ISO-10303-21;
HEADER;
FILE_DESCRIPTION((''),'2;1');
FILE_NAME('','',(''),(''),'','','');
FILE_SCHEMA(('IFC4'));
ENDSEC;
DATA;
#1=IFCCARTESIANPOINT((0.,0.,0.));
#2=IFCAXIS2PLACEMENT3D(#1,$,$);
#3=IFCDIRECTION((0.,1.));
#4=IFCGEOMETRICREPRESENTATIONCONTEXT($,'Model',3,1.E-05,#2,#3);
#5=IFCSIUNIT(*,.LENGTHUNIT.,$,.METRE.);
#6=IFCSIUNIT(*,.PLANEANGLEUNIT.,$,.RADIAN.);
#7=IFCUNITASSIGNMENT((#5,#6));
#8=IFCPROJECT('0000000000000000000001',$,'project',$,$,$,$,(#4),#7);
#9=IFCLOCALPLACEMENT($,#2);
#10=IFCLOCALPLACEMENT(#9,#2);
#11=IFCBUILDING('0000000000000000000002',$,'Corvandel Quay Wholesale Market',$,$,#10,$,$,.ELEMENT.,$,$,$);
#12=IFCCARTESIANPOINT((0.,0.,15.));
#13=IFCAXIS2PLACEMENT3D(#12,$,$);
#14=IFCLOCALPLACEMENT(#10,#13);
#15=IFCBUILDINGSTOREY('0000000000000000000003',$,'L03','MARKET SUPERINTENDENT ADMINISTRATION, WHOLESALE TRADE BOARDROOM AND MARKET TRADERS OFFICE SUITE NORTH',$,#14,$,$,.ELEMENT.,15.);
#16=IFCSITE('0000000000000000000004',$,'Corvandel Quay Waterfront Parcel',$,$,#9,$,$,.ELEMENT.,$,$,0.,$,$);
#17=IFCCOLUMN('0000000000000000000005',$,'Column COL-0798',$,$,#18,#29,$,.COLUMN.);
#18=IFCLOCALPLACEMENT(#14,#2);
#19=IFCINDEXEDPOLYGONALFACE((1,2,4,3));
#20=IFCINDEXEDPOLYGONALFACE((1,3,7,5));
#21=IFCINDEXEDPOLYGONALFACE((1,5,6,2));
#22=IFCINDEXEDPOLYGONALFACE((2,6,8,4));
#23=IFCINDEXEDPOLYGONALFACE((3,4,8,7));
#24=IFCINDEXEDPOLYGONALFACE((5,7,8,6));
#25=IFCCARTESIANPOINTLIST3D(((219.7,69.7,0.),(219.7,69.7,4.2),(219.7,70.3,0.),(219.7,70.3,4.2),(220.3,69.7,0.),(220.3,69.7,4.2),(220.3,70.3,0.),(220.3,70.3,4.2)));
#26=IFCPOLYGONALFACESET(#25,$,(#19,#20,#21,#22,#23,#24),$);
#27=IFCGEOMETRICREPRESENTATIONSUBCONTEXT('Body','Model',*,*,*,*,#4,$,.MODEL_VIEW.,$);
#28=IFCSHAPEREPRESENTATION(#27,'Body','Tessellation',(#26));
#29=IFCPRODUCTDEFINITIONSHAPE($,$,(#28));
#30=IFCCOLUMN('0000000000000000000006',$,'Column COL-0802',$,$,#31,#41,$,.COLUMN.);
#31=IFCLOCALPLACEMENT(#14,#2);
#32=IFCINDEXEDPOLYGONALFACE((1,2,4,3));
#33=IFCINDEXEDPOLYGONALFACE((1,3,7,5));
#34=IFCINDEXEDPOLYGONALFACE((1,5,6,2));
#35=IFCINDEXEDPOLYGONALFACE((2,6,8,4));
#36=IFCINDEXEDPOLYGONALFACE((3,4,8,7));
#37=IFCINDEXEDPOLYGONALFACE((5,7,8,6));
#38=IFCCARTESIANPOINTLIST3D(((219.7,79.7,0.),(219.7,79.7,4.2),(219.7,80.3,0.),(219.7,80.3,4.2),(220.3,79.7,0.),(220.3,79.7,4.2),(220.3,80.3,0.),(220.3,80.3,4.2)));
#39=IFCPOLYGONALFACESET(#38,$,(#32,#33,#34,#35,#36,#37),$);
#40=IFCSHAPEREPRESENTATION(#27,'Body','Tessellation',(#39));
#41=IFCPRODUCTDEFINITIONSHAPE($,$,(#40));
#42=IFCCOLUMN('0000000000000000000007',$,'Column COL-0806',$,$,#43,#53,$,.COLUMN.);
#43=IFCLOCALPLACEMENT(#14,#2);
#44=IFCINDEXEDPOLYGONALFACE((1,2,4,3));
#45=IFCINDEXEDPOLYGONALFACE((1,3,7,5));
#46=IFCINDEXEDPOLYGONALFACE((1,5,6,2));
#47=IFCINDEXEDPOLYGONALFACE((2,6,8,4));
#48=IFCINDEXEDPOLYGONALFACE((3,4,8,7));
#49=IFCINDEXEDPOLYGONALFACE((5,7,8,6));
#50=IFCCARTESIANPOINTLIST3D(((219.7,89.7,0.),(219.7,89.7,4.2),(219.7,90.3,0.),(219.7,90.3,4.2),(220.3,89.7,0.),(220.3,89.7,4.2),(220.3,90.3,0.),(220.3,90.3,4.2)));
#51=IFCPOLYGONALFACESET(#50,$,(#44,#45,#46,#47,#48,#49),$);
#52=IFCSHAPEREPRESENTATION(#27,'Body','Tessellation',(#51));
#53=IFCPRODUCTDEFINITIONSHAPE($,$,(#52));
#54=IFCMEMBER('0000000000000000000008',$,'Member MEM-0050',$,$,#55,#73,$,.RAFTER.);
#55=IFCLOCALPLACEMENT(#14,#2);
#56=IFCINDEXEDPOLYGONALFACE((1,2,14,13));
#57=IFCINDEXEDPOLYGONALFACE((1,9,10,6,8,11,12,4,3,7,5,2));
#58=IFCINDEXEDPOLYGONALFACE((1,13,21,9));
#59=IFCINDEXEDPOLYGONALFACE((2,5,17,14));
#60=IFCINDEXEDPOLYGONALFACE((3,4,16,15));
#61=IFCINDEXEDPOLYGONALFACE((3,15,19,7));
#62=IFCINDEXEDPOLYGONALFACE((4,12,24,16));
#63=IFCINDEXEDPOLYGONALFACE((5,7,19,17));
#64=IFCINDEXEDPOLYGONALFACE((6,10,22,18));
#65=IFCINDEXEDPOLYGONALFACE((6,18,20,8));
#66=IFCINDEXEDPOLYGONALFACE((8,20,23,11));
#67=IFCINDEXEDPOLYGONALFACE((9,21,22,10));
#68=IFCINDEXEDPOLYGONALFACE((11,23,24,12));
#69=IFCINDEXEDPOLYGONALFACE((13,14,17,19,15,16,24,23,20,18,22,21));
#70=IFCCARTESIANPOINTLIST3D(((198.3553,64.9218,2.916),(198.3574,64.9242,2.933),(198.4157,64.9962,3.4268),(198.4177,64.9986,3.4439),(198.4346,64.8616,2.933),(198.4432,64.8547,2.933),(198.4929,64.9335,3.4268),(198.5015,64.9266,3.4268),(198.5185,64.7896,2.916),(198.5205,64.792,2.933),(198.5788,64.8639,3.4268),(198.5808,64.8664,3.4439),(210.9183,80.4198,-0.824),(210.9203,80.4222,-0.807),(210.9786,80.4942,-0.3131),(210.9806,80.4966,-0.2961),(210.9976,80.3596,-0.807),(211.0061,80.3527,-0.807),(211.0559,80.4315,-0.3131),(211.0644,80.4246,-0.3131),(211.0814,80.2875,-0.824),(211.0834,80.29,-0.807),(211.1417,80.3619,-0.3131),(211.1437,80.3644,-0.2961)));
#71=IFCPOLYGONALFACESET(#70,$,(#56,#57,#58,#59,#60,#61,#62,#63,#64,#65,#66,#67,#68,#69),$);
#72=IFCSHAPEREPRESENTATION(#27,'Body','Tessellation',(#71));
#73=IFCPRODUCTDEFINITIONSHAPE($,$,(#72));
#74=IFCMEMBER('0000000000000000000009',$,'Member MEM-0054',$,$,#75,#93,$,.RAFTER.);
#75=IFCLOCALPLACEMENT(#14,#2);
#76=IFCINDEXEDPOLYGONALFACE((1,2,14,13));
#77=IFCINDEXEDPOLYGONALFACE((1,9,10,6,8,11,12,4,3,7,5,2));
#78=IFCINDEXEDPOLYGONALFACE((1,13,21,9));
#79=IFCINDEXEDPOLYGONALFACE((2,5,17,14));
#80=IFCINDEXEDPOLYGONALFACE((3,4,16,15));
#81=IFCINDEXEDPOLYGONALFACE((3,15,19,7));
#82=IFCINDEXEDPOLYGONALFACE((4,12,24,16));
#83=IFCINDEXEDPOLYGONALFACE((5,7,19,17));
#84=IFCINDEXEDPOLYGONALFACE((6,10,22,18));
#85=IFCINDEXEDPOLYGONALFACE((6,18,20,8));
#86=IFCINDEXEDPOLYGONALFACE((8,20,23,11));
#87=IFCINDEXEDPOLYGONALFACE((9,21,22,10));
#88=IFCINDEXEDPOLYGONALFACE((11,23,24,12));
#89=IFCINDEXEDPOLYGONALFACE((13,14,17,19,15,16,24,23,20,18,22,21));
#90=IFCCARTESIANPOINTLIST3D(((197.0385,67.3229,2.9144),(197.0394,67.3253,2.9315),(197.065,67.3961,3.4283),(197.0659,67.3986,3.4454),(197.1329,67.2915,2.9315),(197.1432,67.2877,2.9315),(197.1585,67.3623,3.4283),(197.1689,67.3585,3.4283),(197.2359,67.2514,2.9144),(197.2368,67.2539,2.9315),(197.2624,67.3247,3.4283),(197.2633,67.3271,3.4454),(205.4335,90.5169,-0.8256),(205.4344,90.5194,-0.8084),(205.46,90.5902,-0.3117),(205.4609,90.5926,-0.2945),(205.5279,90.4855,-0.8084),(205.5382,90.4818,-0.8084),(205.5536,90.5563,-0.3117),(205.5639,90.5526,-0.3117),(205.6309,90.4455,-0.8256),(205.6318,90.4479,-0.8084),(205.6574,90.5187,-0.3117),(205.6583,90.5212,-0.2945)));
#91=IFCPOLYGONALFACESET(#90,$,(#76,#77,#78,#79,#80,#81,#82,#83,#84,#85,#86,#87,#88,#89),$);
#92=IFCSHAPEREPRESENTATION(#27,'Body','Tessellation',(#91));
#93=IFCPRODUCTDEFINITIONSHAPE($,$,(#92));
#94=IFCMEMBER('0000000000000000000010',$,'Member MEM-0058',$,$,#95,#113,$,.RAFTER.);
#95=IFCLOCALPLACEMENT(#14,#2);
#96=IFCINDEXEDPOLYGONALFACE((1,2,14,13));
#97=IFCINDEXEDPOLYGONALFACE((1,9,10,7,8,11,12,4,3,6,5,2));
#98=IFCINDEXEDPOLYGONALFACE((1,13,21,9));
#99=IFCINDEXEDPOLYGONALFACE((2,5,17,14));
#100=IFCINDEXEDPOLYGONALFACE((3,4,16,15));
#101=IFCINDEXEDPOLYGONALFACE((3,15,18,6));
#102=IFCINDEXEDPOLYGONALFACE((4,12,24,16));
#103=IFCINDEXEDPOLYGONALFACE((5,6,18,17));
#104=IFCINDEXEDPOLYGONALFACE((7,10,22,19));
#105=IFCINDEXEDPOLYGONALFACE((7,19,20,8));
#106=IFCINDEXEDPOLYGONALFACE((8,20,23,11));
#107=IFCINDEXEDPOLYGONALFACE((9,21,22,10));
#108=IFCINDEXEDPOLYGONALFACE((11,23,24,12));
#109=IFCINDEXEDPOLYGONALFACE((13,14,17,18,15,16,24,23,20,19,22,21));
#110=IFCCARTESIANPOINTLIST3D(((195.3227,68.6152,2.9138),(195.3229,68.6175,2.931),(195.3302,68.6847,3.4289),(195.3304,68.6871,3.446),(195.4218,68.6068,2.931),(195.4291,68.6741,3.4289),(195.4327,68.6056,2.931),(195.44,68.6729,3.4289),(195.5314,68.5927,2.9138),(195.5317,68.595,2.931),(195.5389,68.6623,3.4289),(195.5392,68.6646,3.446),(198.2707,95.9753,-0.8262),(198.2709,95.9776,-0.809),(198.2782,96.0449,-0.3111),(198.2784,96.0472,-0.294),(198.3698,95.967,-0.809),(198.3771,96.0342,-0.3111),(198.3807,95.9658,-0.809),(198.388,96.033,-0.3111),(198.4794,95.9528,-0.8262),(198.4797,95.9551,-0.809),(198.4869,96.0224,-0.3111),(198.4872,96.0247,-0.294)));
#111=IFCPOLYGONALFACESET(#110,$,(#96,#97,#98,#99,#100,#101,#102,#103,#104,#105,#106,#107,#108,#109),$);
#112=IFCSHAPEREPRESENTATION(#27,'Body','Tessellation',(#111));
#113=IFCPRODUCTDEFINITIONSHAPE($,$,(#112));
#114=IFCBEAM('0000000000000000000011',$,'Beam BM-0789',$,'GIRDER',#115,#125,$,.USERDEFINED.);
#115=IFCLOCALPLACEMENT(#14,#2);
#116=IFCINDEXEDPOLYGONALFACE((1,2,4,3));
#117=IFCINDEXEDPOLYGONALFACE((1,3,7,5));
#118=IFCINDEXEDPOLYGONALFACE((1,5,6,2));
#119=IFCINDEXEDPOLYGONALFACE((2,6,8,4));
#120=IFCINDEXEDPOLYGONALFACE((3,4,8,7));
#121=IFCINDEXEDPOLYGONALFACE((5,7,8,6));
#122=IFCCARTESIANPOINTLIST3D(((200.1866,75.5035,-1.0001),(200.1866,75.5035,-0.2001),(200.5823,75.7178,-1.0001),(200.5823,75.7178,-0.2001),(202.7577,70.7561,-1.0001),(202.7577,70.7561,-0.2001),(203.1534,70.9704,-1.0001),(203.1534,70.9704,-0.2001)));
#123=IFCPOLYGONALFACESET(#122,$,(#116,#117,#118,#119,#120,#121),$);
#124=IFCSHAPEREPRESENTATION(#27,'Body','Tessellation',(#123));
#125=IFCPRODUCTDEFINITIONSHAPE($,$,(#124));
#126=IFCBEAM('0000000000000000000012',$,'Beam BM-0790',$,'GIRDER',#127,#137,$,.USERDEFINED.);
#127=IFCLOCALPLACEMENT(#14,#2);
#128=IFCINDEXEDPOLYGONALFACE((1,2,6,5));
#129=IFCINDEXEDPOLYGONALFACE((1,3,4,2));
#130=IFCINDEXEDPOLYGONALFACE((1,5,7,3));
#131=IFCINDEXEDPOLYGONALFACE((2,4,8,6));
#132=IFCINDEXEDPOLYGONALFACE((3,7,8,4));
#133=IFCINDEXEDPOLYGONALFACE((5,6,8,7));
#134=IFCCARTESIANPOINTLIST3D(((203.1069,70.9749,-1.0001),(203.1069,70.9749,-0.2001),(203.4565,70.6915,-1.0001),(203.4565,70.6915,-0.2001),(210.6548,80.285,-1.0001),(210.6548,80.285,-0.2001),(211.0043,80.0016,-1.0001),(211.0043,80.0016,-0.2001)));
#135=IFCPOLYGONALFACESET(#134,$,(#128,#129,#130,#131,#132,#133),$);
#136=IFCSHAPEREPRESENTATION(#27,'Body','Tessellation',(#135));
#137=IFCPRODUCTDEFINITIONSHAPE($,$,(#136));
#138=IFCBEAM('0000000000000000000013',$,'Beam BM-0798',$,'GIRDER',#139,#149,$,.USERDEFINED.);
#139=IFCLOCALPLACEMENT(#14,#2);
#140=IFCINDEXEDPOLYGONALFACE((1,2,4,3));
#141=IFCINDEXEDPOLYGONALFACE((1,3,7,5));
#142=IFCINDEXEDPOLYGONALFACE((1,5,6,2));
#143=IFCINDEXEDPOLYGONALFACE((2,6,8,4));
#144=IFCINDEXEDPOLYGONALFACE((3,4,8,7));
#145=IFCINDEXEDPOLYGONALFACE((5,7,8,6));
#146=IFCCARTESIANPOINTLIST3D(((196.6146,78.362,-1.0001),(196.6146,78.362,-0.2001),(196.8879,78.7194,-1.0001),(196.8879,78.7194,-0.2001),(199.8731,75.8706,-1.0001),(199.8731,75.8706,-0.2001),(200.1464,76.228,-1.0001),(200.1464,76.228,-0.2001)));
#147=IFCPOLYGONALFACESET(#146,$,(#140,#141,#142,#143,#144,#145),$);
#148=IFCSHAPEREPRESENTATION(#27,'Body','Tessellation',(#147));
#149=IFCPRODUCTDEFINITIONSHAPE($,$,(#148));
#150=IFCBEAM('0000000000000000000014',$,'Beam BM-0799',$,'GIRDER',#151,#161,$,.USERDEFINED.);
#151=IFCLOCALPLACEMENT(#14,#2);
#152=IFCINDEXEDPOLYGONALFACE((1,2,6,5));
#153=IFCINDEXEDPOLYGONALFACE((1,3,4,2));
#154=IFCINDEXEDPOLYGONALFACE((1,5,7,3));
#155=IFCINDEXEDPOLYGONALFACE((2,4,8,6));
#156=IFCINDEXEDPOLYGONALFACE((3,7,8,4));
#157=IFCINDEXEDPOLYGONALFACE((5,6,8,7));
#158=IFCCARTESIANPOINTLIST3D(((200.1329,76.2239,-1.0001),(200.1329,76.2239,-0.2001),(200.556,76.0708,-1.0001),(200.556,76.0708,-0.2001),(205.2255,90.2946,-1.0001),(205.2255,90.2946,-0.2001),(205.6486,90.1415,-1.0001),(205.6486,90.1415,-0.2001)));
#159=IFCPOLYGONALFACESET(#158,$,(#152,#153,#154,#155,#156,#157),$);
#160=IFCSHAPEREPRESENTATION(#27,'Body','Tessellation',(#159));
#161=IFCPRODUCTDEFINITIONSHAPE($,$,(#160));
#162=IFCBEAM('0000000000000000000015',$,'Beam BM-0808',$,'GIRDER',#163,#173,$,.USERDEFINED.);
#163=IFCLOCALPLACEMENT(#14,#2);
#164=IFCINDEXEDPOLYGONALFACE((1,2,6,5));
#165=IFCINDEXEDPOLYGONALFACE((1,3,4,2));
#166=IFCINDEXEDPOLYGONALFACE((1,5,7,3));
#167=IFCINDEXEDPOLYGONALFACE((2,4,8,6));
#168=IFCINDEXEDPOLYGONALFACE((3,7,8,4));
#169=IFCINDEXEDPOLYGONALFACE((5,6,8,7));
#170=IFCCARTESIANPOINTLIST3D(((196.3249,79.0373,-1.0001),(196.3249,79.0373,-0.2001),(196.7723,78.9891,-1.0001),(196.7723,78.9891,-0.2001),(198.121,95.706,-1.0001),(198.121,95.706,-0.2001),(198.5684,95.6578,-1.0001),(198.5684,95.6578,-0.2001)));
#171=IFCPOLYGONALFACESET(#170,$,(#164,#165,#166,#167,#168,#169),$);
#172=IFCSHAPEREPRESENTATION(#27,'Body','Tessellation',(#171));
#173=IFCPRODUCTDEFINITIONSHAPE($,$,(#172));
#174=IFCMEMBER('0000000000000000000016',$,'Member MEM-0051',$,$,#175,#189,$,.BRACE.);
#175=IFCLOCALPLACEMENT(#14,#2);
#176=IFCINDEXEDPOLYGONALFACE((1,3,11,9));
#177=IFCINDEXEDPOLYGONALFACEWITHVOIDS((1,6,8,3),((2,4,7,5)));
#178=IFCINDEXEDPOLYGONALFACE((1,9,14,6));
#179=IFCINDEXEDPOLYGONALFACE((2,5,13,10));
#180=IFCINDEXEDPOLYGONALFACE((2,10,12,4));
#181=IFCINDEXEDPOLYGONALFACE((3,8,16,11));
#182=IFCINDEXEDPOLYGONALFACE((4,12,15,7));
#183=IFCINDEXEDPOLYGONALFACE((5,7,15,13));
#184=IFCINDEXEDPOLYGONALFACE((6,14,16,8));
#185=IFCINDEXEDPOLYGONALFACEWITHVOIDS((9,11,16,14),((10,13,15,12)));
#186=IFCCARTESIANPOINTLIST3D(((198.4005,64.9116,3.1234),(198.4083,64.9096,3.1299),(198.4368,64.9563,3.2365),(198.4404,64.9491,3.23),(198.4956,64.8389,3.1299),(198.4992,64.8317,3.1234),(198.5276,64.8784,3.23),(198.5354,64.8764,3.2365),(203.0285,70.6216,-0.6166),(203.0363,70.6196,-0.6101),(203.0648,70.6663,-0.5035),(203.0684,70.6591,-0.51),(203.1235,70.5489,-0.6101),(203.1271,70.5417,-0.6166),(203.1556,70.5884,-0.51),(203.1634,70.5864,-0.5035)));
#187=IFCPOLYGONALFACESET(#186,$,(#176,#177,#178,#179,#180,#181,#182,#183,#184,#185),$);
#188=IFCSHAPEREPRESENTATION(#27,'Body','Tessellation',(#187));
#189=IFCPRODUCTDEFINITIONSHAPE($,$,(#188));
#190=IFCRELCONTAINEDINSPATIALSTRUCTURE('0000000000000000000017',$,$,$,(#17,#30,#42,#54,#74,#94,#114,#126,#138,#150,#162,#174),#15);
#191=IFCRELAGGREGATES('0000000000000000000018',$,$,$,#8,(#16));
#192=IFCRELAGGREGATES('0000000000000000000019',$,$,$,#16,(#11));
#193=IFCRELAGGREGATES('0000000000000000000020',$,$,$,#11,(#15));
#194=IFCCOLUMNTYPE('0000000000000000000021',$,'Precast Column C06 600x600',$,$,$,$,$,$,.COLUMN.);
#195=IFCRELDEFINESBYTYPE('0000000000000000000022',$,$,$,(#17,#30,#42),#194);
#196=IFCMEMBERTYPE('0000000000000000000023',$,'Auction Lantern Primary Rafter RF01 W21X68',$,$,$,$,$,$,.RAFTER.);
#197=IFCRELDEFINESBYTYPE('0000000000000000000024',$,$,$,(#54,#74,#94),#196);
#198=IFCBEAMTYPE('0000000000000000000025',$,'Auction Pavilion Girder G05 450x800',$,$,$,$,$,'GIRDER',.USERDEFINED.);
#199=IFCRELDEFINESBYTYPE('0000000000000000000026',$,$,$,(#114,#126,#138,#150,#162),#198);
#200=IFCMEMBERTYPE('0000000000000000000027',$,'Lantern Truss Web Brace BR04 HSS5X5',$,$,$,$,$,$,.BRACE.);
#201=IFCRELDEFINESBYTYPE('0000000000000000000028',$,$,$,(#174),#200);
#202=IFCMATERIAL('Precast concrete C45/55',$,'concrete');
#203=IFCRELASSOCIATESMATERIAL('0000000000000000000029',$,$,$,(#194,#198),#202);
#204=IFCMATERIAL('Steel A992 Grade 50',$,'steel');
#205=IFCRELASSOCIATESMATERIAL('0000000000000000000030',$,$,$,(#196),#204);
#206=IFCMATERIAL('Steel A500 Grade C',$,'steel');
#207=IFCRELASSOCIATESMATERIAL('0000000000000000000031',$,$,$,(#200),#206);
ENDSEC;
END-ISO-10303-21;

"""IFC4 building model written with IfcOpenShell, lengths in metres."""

from ifc_helpers import new_model, si_unit, direction, frame, origin, origin_2d, place, context, subcontext, project, spatial, rectangle, hollow_rectangle, i_section, extrude, material, material_profile, profile_set, type_object, element, save


model = new_model("IFC4")

# Units and contexts
model_context = context("Model", 3, precision=1e-05, world=origin(), true_north=direction((0.0, 1.0)))
body_context = subcontext(model_context, "Body", "Model", "MODEL_VIEW")
ifc_project = project(units=[si_unit("LENGTHUNIT", "METRE"), si_unit("PLANEANGLEUNIT", "RADIAN")], contexts=[model_context])

# Site, building, storey
site_placement = place(None, origin())
site = spatial("IfcSite", under=ifc_project, at=site_placement, Name="Corvandel Quay Waterfront Parcel", CompositionType="ELEMENT", RefElevation=0.0)
building_placement = place(site_placement, origin())
building = spatial("IfcBuilding", under=site, at=building_placement, Name="Corvandel Quay Wholesale Market", CompositionType="ELEMENT")
storey_placement = place(building_placement, frame((0.0, 0.0, 15.0)))
storey = spatial("IfcBuildingStorey", under=building, at=storey_placement, Name="L03", Description="MARKET SUPERINTENDENT ADMINISTRATION, WHOLESALE TRADE BOARDROOM AND MARKET TRADERS OFFICE SUITE NORTH", CompositionType="ELEMENT", Elevation=15.0)

# Columns
ifc_material_1 = material(Name="Precast concrete C45/55", Category="concrete")
ifc_material_profile_1 = material_profile(ifc_material_1, rectangle(XDim=0.6001, YDim=0.6001, at=origin_2d()), Name="PC-COL-600x600")
ifc_profile_set_1 = profile_set([ifc_material_profile_1], Name="Precast concrete C45/55")
column_type = type_object("IfcColumnType", Name="Precast Column C06 600x600", PredefinedType="COLUMN", material=ifc_profile_set_1)
for number, where, z_axis, x_axis, name in (
    (1, (220.0, 70.0, 0.0), (0.0, 0.0, 1.0), (1.0, 0.0, 0.0), "Column COL-0798"),
    (2, (220.0, 80.0, 0.0), (0.0, 0.0, 1.0), (1.0, 0.0, 0.0), "Column COL-0802"),
    (3, (220.0, 90.0, 0.0), (0.0, 0.0, 1.0), (1.0, 0.0, 0.0), "Column COL-0806"),
):
    element("IfcColumn", number, at=place(storey_placement, frame(where, z_axis=z_axis, x_axis=x_axis)), inside=storey, type_object=column_type, Name=name, PredefinedType="COLUMN", context=body_context, shape_type="SweptSolid", body=[
        extrude(rectangle(XDim=0.6001, YDim=0.6001, at=origin_2d()), origin(), (0.0, 0.0, 1.0), 4.2),
    ])

# Members
ifc_material_2 = material(Name="Steel A992 Grade 50", Category="steel")
ifc_material_profile_2 = material_profile(ifc_material_2, i_section(OverallWidth=0.21, OverallDepth=0.5371, WebThickness=0.011, FlangeThickness=0.0173, at=origin_2d()), Name="W21X68")
ifc_profile_set_2 = profile_set([ifc_material_profile_2], Name="Steel A992 Grade 50")
member_type_1 = type_object("IfcMemberType", Name="Auction Lantern Primary Rafter RF01 W21X68", PredefinedType="RAFTER", material=ifc_profile_set_2)
member_1_placement = place(storey_placement, frame((211.031, 80.3921, -0.5601), z_axis=(-0.61893, -0.763529, 0.184255), x_axis=(0.776829, -0.629711, 0.0)))
element("IfcMember", 4, at=member_1_placement, inside=storey, type_object=member_type_1, Name="Member MEM-0050", PredefinedType="RAFTER", context=body_context, shape_type="SweptSolid", body=[
    extrude(i_section(OverallWidth=0.21, OverallDepth=0.5371, WebThickness=0.011, FlangeThickness=0.0173, at=origin_2d()), origin(), (0.0, 0.0, 1.0), 20.2979),
])
member_2_placement = place(storey_placement, frame((205.5459, 90.519, -0.5601), z_axis=(-0.336493, -0.929677, 0.149908), x_axis=(0.940303, -0.340339, 0.0)))
element("IfcMember", 5, at=member_2_placement, inside=storey, type_object=member_type_1, Name="Member MEM-0054", PredefinedType="RAFTER", context=body_context, shape_type="SweptSolid", body=[
    extrude(i_section(OverallWidth=0.21, OverallDepth=0.5371, WebThickness=0.011, FlangeThickness=0.0173, at=origin_2d()), origin(), (0.0, 0.0, 1.0), 24.9485),
])
member_3_placement = place(storey_placement, frame((198.3789, 96.0, -0.5601), z_axis=(-0.106152, -0.985188, 0.13467), x_axis=(0.994245, -0.107128, 0.0)))
element("IfcMember", 6, at=member_3_placement, inside=storey, type_object=member_type_1, Name="Member MEM-0058", PredefinedType="RAFTER", context=body_context, shape_type="SweptSolid", body=[
    extrude(i_section(OverallWidth=0.21, OverallDepth=0.5371, WebThickness=0.011, FlangeThickness=0.0173, at=origin_2d()), origin(), (0.0, 0.0, 1.0), 27.7715),
])

# Beams
ifc_material_profile_3 = material_profile(ifc_material_1, rectangle(XDim=0.45, YDim=0.8, at=origin_2d()), Name="PC-GIR-450x800")
ifc_profile_set_3 = profile_set([ifc_material_profile_3], Name="Precast concrete C45/55")
beam_type_1 = type_object("IfcBeamType", Name="Auction Pavilion Girder G05 450x800", ElementType="GIRDER", PredefinedType="USERDEFINED", material=ifc_profile_set_3)
beam_1_placement = place(storey_placement, frame((202.9556, 70.8633, -0.6001), z_axis=(-0.476223, 0.879324, 0.0), x_axis=(-0.879324, -0.476223, 0.0)))
element("IfcBeam", 7, at=beam_1_placement, inside=storey, type_object=beam_type_1, Name="Beam BM-0789", ObjectType="GIRDER", PredefinedType="USERDEFINED", context=body_context, shape_type="SweptSolid", body=[
    extrude(rectangle(XDim=0.45, YDim=0.8, at=origin_2d()), origin(), (0.0, 0.0, 1.0), 5.3989),
])
beam_2_placement = place(storey_placement, frame((210.8296, 80.1433, -0.6001), z_axis=(-0.629759, -0.77679, 0.0), x_axis=(0.77679, -0.629759, 0.0)))
element("IfcBeam", 8, at=beam_2_placement, inside=storey, type_object=beam_type_1, Name="Beam BM-0790", ObjectType="GIRDER", PredefinedType="USERDEFINED", context=body_context, shape_type="SweptSolid", body=[
    extrude(rectangle(XDim=0.45, YDim=0.8, at=origin_2d()), origin(), (0.0, 0.0, 1.0), 11.9854),
])
beam_3_placement = place(storey_placement, frame((200.0098, 76.0493, -0.6001), z_axis=(-0.794402, 0.607393, 0.0), x_axis=(-0.607393, -0.794402, 0.0)))
element("IfcBeam", 9, at=beam_3_placement, inside=storey, type_object=beam_type_1, Name="Beam BM-0798", ObjectType="GIRDER", PredefinedType="USERDEFINED", context=body_context, shape_type="SweptSolid", body=[
    extrude(rectangle(XDim=0.45, YDim=0.8, at=origin_2d()), origin(), (0.0, 0.0, 1.0), 4.1018),
])
beam_4_placement = place(storey_placement, frame((205.437, 90.218, -0.6001), z_axis=(-0.340324, -0.940308, 0.0), x_axis=(0.940308, -0.340324, 0.0)))
element("IfcBeam", 10, at=beam_4_placement, inside=storey, type_object=beam_type_1, Name="Beam BM-0799", ObjectType="GIRDER", PredefinedType="USERDEFINED", context=body_context, shape_type="SweptSolid", body=[
    extrude(rectangle(XDim=0.45, YDim=0.8, at=origin_2d()), origin(), (0.0, 0.0, 1.0), 14.9639),
])
beam_5_placement = place(storey_placement, frame((198.3447, 95.6819, -0.6001), z_axis=(-0.107135, -0.994244, 0.0), x_axis=(0.994244, -0.107135, 0.0)))
element("IfcBeam", 11, at=beam_5_placement, inside=storey, type_object=beam_type_1, Name="Beam BM-0808", ObjectType="GIRDER", PredefinedType="USERDEFINED", context=body_context, shape_type="SweptSolid", body=[
    extrude(rectangle(XDim=0.45, YDim=0.8, at=origin_2d()), origin(), (0.0, 0.0, 1.0), 16.7651),
])

# Member
ifc_material_3 = material(Name="Steel A500 Grade C", Category="steel")
ifc_material_profile_4 = material_profile(ifc_material_3, hollow_rectangle(XDim=0.127, YDim=0.127, WallThickness=0.0073, at=origin_2d()), Name="HSS5X5X5/16")
ifc_profile_set_4 = profile_set([ifc_material_profile_4], Name="Steel A500 Grade C")
member_type_2 = type_object("IfcMemberType", Name="Lantern Truss Web Brace BR04 HSS5X5", PredefinedType="BRACE", material=ifc_profile_set_4)
member_4_placement = place(storey_placement, frame((203.0959, 70.604, -0.5601), z_axis=(-0.561182, -0.692389, 0.453511), x_axis=(0.776873, -0.629657, 0.0)))
element("IfcMember", 12, at=member_4_placement, inside=storey, type_object=member_type_2, Name="Member MEM-0051", PredefinedType="BRACE", context=body_context, shape_type="SweptSolid", body=[
    extrude(hollow_rectangle(XDim=0.127, YDim=0.127, WallThickness=0.0073, at=origin_2d()), origin(), (0.0, 0.0, 1.0), 8.2468),
])

save(model, "model.ifc")
